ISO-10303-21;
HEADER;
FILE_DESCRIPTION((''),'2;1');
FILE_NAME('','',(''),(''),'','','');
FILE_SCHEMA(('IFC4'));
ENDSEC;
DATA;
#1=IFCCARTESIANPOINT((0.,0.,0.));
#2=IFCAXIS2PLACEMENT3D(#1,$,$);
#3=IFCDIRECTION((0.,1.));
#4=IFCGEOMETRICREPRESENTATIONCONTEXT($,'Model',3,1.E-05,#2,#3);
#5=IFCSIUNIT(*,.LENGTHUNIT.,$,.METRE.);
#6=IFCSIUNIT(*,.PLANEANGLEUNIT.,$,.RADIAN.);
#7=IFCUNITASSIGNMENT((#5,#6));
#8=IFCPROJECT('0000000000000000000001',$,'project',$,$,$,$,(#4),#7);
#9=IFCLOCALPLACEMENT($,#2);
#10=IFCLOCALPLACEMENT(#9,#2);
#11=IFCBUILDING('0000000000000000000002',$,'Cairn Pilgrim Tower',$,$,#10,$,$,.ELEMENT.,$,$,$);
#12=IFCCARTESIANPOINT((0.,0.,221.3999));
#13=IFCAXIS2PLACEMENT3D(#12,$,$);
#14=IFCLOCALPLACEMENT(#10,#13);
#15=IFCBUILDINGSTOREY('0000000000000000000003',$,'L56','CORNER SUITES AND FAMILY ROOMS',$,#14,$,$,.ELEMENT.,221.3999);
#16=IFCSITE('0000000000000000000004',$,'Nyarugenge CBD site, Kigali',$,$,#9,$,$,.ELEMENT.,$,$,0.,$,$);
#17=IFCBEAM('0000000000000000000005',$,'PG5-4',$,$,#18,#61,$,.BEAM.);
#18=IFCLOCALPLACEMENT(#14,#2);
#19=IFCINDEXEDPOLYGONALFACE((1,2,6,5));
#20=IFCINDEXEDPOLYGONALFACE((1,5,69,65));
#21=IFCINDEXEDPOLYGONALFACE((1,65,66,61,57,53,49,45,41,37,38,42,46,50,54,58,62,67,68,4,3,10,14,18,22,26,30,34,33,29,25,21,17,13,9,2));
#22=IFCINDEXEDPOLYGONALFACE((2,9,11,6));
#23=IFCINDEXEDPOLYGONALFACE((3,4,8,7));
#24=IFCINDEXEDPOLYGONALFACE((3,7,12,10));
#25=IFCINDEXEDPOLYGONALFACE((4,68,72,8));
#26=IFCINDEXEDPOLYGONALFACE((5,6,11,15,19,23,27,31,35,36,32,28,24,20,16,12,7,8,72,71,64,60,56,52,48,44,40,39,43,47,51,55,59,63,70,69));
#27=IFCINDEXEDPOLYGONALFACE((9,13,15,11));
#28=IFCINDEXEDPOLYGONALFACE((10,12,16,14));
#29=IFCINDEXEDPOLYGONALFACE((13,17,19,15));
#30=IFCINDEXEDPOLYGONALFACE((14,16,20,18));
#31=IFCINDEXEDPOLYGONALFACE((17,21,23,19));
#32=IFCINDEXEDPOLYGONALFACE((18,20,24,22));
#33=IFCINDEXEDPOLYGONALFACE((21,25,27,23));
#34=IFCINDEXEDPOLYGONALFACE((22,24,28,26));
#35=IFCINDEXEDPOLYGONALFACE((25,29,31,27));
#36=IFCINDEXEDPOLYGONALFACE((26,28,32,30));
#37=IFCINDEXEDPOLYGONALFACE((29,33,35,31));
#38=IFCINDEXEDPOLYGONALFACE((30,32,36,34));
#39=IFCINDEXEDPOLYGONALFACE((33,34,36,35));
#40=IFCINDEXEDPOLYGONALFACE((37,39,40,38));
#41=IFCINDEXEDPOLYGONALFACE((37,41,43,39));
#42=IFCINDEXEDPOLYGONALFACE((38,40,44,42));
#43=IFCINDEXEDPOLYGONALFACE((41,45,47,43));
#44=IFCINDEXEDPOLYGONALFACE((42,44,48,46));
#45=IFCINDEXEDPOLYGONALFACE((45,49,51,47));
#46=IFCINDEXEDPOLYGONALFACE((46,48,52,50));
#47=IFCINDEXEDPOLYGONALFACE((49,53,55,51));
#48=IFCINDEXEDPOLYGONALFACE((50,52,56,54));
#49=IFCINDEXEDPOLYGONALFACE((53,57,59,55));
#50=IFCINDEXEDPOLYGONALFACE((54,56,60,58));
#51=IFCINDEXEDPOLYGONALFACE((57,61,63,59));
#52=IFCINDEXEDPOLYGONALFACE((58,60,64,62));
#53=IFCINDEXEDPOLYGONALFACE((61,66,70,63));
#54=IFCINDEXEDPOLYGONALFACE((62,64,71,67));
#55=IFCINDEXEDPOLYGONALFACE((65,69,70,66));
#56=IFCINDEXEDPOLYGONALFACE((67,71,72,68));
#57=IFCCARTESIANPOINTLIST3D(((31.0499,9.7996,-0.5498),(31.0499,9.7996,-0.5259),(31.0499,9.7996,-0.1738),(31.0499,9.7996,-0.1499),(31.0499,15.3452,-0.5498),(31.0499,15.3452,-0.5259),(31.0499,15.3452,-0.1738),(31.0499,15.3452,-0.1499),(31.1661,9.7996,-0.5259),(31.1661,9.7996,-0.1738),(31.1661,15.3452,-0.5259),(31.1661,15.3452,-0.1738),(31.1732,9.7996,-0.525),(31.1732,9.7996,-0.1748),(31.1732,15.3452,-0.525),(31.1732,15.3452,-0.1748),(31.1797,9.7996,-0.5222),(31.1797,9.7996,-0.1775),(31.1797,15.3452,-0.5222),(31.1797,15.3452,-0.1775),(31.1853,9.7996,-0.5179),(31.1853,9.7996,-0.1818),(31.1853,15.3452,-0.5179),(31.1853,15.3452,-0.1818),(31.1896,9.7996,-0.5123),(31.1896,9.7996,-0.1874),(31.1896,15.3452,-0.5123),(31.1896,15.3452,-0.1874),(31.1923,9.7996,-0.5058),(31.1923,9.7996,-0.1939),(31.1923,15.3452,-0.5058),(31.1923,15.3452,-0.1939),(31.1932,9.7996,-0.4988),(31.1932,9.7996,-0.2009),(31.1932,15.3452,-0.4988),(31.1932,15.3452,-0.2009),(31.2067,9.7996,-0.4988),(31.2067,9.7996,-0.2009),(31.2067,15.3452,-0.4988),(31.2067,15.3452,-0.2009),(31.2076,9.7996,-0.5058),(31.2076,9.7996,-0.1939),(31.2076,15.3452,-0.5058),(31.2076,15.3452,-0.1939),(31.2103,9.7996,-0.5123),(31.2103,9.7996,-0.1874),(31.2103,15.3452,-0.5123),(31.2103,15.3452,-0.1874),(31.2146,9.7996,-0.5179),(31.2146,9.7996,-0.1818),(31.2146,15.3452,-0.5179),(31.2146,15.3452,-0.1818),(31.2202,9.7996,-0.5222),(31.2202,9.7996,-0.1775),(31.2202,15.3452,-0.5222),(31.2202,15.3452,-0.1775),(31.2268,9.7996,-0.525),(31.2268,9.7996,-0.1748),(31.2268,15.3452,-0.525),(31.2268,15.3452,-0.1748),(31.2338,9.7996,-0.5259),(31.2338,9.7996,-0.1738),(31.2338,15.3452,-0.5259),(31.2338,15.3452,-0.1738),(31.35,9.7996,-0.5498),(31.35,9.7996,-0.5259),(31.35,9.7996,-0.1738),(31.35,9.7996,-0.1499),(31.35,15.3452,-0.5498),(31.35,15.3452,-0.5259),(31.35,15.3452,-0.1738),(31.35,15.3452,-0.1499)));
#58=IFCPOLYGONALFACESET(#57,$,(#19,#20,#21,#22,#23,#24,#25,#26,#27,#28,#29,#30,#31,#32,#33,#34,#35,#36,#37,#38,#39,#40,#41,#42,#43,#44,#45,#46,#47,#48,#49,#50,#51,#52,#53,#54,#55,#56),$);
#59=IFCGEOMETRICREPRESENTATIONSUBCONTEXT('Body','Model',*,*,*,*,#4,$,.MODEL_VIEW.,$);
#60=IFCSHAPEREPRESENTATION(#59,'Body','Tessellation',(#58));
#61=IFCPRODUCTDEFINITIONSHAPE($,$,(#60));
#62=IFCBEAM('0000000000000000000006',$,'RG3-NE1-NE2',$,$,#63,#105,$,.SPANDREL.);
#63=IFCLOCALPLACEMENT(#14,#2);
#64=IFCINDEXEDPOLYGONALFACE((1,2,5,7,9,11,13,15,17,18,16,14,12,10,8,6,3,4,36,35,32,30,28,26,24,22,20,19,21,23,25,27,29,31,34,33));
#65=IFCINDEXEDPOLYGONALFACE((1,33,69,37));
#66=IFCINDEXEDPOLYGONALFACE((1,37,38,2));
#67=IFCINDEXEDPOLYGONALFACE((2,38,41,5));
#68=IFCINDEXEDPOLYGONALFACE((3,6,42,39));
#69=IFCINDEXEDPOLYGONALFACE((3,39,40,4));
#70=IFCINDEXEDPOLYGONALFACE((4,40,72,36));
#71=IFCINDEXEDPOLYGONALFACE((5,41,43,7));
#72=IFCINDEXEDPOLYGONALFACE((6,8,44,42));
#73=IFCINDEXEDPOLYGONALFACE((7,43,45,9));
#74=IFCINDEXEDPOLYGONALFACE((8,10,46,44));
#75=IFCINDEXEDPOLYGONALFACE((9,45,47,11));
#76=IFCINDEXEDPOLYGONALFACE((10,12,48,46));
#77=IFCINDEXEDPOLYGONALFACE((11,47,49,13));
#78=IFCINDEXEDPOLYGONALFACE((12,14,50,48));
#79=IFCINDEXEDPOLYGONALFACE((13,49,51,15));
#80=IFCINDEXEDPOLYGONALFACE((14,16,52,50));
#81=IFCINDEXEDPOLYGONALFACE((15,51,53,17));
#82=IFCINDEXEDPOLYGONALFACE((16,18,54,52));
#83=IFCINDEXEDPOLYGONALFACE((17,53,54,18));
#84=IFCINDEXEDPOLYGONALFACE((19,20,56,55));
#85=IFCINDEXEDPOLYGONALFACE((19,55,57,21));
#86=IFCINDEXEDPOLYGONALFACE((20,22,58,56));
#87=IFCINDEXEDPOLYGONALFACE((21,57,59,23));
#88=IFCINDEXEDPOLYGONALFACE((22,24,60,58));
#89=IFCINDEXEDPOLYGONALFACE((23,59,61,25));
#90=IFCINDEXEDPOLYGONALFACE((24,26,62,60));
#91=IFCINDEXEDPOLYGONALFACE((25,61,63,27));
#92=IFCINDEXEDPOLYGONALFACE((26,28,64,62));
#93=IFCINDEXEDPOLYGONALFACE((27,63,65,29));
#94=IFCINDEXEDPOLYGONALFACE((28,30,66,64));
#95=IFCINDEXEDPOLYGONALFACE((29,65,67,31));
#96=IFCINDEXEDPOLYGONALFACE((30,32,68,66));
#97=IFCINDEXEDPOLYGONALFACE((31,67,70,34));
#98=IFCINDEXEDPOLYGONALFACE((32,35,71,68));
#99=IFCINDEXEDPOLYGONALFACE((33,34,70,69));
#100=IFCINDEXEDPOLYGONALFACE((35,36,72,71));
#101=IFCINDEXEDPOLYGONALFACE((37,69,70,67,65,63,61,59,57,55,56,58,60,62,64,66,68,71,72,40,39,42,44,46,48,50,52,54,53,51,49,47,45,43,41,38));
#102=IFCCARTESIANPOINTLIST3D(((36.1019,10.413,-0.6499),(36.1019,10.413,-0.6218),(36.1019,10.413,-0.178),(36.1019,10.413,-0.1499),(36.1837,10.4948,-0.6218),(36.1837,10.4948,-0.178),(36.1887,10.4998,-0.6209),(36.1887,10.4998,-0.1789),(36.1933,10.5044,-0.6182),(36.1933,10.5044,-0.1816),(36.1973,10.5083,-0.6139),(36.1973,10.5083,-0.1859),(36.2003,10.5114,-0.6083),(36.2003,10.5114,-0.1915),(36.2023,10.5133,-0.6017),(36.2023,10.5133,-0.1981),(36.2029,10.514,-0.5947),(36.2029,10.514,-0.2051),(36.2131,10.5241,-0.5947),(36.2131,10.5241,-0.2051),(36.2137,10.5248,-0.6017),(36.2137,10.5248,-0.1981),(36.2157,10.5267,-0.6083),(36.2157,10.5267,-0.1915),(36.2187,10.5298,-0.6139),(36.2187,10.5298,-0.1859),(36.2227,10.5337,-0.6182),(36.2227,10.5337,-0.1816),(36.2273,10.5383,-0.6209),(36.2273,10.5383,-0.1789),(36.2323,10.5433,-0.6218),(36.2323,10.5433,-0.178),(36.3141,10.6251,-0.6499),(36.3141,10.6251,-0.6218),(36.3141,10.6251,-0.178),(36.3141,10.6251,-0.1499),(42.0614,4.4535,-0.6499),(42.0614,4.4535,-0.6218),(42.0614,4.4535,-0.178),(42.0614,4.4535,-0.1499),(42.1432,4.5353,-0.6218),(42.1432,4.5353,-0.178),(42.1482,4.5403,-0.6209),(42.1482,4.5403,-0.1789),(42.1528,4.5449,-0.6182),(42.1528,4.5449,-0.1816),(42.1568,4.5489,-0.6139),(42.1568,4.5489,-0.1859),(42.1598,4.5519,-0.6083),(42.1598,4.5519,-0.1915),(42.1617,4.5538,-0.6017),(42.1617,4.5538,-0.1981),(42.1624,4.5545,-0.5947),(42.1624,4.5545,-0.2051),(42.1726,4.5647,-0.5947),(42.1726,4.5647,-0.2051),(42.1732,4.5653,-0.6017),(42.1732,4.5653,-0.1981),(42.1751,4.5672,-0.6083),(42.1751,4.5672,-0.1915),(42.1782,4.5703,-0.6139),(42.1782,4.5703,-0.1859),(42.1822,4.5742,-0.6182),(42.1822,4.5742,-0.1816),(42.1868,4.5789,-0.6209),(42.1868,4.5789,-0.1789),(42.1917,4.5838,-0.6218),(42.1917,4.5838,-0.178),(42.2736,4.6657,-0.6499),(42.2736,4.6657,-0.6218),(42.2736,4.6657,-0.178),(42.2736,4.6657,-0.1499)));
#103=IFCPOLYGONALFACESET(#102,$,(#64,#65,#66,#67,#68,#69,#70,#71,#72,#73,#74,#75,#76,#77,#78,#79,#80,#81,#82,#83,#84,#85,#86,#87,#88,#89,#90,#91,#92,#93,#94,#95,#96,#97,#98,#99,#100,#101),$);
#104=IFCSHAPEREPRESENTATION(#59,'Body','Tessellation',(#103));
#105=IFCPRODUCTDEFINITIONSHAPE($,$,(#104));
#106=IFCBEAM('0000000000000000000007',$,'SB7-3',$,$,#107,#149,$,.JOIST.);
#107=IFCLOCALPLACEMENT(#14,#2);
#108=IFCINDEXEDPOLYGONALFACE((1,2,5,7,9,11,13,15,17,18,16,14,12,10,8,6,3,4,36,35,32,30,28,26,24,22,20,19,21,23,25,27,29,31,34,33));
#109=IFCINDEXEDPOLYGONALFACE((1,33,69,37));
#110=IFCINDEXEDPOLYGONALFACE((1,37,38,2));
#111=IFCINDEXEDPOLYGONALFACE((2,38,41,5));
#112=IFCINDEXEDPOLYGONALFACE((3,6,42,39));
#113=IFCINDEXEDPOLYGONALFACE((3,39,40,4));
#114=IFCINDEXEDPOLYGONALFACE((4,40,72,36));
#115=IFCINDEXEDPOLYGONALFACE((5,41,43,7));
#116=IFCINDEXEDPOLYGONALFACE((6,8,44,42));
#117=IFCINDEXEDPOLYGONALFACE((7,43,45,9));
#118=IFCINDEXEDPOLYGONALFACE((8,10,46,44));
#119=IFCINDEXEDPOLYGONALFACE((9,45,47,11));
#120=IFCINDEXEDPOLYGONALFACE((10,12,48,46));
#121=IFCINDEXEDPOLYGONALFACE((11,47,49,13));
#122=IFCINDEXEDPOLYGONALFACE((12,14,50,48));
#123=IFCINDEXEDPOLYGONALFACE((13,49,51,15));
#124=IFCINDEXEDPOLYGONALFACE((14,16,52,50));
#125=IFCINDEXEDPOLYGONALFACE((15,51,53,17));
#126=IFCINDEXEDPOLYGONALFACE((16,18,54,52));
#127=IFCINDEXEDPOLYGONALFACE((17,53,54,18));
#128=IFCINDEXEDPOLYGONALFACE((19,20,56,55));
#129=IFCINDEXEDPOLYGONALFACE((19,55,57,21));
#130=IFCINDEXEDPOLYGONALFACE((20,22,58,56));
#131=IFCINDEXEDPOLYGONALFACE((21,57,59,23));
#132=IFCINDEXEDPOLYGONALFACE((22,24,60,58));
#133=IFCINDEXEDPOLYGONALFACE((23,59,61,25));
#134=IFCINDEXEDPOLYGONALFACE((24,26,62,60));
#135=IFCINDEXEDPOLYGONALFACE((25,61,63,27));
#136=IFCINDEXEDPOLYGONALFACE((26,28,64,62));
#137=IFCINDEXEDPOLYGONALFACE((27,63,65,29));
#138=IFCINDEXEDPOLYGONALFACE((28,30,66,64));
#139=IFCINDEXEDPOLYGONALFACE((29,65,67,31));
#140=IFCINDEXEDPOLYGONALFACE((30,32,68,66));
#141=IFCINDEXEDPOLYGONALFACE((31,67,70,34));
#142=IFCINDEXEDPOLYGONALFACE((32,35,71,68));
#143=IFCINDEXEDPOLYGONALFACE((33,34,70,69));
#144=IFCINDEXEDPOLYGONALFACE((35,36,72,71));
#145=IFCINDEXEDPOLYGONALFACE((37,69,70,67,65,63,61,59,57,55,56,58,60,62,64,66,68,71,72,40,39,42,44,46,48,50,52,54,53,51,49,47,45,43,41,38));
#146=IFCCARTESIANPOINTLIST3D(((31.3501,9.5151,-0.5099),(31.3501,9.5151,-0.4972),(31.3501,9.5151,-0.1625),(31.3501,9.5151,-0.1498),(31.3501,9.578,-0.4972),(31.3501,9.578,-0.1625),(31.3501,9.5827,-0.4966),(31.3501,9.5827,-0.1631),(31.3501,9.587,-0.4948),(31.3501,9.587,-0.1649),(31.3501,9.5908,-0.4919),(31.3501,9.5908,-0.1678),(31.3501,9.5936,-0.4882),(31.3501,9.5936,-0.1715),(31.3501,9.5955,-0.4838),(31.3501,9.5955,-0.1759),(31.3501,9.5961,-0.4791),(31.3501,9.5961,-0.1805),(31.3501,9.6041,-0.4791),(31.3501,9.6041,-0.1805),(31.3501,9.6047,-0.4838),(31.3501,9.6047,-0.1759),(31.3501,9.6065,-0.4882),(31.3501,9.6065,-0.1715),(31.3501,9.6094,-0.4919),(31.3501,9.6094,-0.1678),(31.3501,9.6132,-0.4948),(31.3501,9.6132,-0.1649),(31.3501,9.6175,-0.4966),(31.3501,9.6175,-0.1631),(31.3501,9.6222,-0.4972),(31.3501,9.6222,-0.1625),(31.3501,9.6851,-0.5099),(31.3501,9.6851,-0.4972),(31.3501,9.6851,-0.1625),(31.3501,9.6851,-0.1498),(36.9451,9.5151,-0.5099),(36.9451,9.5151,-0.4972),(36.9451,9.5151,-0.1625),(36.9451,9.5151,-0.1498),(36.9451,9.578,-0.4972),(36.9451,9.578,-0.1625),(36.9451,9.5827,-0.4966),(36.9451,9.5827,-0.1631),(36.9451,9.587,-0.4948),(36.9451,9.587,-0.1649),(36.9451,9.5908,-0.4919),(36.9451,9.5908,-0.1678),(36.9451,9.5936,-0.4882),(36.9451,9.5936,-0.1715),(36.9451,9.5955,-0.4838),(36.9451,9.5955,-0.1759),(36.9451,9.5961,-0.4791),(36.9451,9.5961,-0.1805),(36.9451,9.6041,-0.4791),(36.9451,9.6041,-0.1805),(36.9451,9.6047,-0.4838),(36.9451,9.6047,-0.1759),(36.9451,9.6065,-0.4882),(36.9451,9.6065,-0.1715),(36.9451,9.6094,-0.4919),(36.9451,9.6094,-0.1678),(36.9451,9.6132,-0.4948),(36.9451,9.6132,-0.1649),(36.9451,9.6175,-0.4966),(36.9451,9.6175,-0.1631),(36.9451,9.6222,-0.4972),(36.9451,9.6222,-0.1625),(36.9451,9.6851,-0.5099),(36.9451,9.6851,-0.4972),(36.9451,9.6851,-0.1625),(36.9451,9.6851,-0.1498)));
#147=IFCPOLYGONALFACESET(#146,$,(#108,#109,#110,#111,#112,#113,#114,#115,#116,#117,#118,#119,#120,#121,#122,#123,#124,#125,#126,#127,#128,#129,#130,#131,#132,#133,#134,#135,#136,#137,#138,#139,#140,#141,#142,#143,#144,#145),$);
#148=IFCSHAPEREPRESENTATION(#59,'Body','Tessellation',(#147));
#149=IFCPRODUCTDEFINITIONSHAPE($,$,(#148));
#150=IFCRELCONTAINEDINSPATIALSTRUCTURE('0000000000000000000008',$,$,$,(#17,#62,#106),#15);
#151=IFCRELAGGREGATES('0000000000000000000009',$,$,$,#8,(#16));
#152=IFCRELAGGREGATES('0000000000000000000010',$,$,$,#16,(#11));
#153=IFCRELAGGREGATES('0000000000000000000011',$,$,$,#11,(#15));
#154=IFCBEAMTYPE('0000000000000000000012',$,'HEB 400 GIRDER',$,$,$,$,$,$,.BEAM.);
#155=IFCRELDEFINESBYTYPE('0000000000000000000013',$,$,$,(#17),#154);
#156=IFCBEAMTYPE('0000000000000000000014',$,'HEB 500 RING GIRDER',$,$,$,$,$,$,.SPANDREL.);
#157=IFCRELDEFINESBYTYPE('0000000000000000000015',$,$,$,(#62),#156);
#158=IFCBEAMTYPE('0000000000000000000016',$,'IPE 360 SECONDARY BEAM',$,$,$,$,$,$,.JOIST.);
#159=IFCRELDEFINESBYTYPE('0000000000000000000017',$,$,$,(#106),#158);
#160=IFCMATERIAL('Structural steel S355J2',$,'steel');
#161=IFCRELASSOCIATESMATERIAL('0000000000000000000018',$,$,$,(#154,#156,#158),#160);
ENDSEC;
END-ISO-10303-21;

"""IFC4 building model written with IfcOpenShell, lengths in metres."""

from ifc_helpers import new_model, si_unit, direction, frame, origin, origin_2d, place, context, subcontext, project, spatial, i_section, extrude, material, material_profile, profile_set, type_object, element, save


model = new_model("IFC4")

# Units and contexts
model_context = context("Model", 3, precision=1e-05, world=origin(), true_north=direction((0.0, 1.0)))
body_context = subcontext(model_context, "Body", "Model", "MODEL_VIEW")
ifc_project = project(units=[si_unit("LENGTHUNIT", "METRE"), si_unit("PLANEANGLEUNIT", "RADIAN")], contexts=[model_context])

# Site, building, storey
site_placement = place(None, origin())
site = spatial("IfcSite", under=ifc_project, at=site_placement, Name="Nyarugenge CBD site, Kigali", CompositionType="ELEMENT", RefElevation=0.0)
building_placement = place(site_placement, origin())
building = spatial("IfcBuilding", under=site, at=building_placement, Name="Cairn Pilgrim Tower", CompositionType="ELEMENT")
storey_placement = place(building_placement, frame((0.0, 0.0, 221.3999)))
storey = spatial("IfcBuildingStorey", under=building, at=storey_placement, Name="L56", Description="CORNER SUITES AND FAMILY ROOMS", CompositionType="ELEMENT", Elevation=221.3999)

# Shared definitions
ifc_material_1 = material(Name="Structural steel S355J2", Category="steel")

# Beams
ifc_material_profile_1 = material_profile(ifc_material_1, i_section(OverallWidth=0.3, OverallDepth=0.3999, WebThickness=0.0134, FlangeThickness=0.0239, FilletRadius=0.0271, at=origin_2d()), Name="HEB 400")
ifc_profile_set_1 = profile_set([ifc_material_profile_1], Name="Structural steel S355J2")
beam_type_1 = type_object("IfcBeamType", Name="HEB 400 GIRDER", PredefinedType="BEAM", material=ifc_profile_set_1)
beam_1_placement = place(storey_placement, frame((31.2, 9.7996, -0.3499), z_axis=(0.0, 1.0, 0.0), x_axis=(-1.0, 0.0, 0.0)))
element("IfcBeam", 1, at=beam_1_placement, inside=storey, type_object=beam_type_1, Name="PG5-4", PredefinedType="BEAM", context=body_context, shape_type="SweptSolid", body=[
    extrude(i_section(OverallWidth=0.3, OverallDepth=0.3999, WebThickness=0.0134, FlangeThickness=0.0239, FilletRadius=0.0271, at=origin_2d()), origin(), (0.0, 0.0, 1.0), 5.5457),
])
ifc_material_profile_2 = material_profile(ifc_material_1, i_section(OverallWidth=0.3, OverallDepth=0.5, WebThickness=0.0144, FlangeThickness=0.0281, FilletRadius=0.0271, at=origin_2d()), Name="HEB 500")
ifc_profile_set_2 = profile_set([ifc_material_profile_2], Name="Structural steel S355J2")
beam_type_2 = type_object("IfcBeamType", Name="HEB 500 RING GIRDER", PredefinedType="SPANDREL", material=ifc_profile_set_2)
beam_2_placement = place(storey_placement, frame((42.1675, 4.5596, -0.3999), z_axis=(-0.707107, 0.707107, 0.0), x_axis=(-0.707107, -0.707107, 0.0)))
element("IfcBeam", 2, at=beam_2_placement, inside=storey, type_object=beam_type_2, Name="RG3-NE1-NE2", PredefinedType="SPANDREL", context=body_context, shape_type="SweptSolid", body=[
    extrude(i_section(OverallWidth=0.3, OverallDepth=0.5, WebThickness=0.0144, FlangeThickness=0.0281, FilletRadius=0.0271, at=origin_2d()), origin(), (0.0, 0.0, 1.0), 8.428),
])
ifc_material_profile_3 = material_profile(ifc_material_1, i_section(OverallWidth=0.1699, OverallDepth=0.3601, WebThickness=0.0081, FlangeThickness=0.0127, FilletRadius=0.0181, at=origin_2d()), Name="IPE 360")
ifc_profile_set_3 = profile_set([ifc_material_profile_3], Name="Structural steel S355J2")
beam_type_3 = type_object("IfcBeamType", Name="IPE 360 SECONDARY BEAM", PredefinedType="JOIST", material=ifc_profile_set_3)
beam_3_placement = place(storey_placement, frame((31.3501, 9.6001, -0.3298), z_axis=(1.0, 0.0, 0.0), x_axis=(0.0, 1.0, 0.0)))
element("IfcBeam", 3, at=beam_3_placement, inside=storey, type_object=beam_type_3, Name="SB7-3", PredefinedType="JOIST", context=body_context, shape_type="SweptSolid", body=[
    extrude(i_section(OverallWidth=0.1699, OverallDepth=0.3601, WebThickness=0.0081, FlangeThickness=0.0127, FilletRadius=0.0181, at=origin_2d()), origin(), (0.0, 0.0, 1.0), 5.595),
])

save(model, "model.ifc")
